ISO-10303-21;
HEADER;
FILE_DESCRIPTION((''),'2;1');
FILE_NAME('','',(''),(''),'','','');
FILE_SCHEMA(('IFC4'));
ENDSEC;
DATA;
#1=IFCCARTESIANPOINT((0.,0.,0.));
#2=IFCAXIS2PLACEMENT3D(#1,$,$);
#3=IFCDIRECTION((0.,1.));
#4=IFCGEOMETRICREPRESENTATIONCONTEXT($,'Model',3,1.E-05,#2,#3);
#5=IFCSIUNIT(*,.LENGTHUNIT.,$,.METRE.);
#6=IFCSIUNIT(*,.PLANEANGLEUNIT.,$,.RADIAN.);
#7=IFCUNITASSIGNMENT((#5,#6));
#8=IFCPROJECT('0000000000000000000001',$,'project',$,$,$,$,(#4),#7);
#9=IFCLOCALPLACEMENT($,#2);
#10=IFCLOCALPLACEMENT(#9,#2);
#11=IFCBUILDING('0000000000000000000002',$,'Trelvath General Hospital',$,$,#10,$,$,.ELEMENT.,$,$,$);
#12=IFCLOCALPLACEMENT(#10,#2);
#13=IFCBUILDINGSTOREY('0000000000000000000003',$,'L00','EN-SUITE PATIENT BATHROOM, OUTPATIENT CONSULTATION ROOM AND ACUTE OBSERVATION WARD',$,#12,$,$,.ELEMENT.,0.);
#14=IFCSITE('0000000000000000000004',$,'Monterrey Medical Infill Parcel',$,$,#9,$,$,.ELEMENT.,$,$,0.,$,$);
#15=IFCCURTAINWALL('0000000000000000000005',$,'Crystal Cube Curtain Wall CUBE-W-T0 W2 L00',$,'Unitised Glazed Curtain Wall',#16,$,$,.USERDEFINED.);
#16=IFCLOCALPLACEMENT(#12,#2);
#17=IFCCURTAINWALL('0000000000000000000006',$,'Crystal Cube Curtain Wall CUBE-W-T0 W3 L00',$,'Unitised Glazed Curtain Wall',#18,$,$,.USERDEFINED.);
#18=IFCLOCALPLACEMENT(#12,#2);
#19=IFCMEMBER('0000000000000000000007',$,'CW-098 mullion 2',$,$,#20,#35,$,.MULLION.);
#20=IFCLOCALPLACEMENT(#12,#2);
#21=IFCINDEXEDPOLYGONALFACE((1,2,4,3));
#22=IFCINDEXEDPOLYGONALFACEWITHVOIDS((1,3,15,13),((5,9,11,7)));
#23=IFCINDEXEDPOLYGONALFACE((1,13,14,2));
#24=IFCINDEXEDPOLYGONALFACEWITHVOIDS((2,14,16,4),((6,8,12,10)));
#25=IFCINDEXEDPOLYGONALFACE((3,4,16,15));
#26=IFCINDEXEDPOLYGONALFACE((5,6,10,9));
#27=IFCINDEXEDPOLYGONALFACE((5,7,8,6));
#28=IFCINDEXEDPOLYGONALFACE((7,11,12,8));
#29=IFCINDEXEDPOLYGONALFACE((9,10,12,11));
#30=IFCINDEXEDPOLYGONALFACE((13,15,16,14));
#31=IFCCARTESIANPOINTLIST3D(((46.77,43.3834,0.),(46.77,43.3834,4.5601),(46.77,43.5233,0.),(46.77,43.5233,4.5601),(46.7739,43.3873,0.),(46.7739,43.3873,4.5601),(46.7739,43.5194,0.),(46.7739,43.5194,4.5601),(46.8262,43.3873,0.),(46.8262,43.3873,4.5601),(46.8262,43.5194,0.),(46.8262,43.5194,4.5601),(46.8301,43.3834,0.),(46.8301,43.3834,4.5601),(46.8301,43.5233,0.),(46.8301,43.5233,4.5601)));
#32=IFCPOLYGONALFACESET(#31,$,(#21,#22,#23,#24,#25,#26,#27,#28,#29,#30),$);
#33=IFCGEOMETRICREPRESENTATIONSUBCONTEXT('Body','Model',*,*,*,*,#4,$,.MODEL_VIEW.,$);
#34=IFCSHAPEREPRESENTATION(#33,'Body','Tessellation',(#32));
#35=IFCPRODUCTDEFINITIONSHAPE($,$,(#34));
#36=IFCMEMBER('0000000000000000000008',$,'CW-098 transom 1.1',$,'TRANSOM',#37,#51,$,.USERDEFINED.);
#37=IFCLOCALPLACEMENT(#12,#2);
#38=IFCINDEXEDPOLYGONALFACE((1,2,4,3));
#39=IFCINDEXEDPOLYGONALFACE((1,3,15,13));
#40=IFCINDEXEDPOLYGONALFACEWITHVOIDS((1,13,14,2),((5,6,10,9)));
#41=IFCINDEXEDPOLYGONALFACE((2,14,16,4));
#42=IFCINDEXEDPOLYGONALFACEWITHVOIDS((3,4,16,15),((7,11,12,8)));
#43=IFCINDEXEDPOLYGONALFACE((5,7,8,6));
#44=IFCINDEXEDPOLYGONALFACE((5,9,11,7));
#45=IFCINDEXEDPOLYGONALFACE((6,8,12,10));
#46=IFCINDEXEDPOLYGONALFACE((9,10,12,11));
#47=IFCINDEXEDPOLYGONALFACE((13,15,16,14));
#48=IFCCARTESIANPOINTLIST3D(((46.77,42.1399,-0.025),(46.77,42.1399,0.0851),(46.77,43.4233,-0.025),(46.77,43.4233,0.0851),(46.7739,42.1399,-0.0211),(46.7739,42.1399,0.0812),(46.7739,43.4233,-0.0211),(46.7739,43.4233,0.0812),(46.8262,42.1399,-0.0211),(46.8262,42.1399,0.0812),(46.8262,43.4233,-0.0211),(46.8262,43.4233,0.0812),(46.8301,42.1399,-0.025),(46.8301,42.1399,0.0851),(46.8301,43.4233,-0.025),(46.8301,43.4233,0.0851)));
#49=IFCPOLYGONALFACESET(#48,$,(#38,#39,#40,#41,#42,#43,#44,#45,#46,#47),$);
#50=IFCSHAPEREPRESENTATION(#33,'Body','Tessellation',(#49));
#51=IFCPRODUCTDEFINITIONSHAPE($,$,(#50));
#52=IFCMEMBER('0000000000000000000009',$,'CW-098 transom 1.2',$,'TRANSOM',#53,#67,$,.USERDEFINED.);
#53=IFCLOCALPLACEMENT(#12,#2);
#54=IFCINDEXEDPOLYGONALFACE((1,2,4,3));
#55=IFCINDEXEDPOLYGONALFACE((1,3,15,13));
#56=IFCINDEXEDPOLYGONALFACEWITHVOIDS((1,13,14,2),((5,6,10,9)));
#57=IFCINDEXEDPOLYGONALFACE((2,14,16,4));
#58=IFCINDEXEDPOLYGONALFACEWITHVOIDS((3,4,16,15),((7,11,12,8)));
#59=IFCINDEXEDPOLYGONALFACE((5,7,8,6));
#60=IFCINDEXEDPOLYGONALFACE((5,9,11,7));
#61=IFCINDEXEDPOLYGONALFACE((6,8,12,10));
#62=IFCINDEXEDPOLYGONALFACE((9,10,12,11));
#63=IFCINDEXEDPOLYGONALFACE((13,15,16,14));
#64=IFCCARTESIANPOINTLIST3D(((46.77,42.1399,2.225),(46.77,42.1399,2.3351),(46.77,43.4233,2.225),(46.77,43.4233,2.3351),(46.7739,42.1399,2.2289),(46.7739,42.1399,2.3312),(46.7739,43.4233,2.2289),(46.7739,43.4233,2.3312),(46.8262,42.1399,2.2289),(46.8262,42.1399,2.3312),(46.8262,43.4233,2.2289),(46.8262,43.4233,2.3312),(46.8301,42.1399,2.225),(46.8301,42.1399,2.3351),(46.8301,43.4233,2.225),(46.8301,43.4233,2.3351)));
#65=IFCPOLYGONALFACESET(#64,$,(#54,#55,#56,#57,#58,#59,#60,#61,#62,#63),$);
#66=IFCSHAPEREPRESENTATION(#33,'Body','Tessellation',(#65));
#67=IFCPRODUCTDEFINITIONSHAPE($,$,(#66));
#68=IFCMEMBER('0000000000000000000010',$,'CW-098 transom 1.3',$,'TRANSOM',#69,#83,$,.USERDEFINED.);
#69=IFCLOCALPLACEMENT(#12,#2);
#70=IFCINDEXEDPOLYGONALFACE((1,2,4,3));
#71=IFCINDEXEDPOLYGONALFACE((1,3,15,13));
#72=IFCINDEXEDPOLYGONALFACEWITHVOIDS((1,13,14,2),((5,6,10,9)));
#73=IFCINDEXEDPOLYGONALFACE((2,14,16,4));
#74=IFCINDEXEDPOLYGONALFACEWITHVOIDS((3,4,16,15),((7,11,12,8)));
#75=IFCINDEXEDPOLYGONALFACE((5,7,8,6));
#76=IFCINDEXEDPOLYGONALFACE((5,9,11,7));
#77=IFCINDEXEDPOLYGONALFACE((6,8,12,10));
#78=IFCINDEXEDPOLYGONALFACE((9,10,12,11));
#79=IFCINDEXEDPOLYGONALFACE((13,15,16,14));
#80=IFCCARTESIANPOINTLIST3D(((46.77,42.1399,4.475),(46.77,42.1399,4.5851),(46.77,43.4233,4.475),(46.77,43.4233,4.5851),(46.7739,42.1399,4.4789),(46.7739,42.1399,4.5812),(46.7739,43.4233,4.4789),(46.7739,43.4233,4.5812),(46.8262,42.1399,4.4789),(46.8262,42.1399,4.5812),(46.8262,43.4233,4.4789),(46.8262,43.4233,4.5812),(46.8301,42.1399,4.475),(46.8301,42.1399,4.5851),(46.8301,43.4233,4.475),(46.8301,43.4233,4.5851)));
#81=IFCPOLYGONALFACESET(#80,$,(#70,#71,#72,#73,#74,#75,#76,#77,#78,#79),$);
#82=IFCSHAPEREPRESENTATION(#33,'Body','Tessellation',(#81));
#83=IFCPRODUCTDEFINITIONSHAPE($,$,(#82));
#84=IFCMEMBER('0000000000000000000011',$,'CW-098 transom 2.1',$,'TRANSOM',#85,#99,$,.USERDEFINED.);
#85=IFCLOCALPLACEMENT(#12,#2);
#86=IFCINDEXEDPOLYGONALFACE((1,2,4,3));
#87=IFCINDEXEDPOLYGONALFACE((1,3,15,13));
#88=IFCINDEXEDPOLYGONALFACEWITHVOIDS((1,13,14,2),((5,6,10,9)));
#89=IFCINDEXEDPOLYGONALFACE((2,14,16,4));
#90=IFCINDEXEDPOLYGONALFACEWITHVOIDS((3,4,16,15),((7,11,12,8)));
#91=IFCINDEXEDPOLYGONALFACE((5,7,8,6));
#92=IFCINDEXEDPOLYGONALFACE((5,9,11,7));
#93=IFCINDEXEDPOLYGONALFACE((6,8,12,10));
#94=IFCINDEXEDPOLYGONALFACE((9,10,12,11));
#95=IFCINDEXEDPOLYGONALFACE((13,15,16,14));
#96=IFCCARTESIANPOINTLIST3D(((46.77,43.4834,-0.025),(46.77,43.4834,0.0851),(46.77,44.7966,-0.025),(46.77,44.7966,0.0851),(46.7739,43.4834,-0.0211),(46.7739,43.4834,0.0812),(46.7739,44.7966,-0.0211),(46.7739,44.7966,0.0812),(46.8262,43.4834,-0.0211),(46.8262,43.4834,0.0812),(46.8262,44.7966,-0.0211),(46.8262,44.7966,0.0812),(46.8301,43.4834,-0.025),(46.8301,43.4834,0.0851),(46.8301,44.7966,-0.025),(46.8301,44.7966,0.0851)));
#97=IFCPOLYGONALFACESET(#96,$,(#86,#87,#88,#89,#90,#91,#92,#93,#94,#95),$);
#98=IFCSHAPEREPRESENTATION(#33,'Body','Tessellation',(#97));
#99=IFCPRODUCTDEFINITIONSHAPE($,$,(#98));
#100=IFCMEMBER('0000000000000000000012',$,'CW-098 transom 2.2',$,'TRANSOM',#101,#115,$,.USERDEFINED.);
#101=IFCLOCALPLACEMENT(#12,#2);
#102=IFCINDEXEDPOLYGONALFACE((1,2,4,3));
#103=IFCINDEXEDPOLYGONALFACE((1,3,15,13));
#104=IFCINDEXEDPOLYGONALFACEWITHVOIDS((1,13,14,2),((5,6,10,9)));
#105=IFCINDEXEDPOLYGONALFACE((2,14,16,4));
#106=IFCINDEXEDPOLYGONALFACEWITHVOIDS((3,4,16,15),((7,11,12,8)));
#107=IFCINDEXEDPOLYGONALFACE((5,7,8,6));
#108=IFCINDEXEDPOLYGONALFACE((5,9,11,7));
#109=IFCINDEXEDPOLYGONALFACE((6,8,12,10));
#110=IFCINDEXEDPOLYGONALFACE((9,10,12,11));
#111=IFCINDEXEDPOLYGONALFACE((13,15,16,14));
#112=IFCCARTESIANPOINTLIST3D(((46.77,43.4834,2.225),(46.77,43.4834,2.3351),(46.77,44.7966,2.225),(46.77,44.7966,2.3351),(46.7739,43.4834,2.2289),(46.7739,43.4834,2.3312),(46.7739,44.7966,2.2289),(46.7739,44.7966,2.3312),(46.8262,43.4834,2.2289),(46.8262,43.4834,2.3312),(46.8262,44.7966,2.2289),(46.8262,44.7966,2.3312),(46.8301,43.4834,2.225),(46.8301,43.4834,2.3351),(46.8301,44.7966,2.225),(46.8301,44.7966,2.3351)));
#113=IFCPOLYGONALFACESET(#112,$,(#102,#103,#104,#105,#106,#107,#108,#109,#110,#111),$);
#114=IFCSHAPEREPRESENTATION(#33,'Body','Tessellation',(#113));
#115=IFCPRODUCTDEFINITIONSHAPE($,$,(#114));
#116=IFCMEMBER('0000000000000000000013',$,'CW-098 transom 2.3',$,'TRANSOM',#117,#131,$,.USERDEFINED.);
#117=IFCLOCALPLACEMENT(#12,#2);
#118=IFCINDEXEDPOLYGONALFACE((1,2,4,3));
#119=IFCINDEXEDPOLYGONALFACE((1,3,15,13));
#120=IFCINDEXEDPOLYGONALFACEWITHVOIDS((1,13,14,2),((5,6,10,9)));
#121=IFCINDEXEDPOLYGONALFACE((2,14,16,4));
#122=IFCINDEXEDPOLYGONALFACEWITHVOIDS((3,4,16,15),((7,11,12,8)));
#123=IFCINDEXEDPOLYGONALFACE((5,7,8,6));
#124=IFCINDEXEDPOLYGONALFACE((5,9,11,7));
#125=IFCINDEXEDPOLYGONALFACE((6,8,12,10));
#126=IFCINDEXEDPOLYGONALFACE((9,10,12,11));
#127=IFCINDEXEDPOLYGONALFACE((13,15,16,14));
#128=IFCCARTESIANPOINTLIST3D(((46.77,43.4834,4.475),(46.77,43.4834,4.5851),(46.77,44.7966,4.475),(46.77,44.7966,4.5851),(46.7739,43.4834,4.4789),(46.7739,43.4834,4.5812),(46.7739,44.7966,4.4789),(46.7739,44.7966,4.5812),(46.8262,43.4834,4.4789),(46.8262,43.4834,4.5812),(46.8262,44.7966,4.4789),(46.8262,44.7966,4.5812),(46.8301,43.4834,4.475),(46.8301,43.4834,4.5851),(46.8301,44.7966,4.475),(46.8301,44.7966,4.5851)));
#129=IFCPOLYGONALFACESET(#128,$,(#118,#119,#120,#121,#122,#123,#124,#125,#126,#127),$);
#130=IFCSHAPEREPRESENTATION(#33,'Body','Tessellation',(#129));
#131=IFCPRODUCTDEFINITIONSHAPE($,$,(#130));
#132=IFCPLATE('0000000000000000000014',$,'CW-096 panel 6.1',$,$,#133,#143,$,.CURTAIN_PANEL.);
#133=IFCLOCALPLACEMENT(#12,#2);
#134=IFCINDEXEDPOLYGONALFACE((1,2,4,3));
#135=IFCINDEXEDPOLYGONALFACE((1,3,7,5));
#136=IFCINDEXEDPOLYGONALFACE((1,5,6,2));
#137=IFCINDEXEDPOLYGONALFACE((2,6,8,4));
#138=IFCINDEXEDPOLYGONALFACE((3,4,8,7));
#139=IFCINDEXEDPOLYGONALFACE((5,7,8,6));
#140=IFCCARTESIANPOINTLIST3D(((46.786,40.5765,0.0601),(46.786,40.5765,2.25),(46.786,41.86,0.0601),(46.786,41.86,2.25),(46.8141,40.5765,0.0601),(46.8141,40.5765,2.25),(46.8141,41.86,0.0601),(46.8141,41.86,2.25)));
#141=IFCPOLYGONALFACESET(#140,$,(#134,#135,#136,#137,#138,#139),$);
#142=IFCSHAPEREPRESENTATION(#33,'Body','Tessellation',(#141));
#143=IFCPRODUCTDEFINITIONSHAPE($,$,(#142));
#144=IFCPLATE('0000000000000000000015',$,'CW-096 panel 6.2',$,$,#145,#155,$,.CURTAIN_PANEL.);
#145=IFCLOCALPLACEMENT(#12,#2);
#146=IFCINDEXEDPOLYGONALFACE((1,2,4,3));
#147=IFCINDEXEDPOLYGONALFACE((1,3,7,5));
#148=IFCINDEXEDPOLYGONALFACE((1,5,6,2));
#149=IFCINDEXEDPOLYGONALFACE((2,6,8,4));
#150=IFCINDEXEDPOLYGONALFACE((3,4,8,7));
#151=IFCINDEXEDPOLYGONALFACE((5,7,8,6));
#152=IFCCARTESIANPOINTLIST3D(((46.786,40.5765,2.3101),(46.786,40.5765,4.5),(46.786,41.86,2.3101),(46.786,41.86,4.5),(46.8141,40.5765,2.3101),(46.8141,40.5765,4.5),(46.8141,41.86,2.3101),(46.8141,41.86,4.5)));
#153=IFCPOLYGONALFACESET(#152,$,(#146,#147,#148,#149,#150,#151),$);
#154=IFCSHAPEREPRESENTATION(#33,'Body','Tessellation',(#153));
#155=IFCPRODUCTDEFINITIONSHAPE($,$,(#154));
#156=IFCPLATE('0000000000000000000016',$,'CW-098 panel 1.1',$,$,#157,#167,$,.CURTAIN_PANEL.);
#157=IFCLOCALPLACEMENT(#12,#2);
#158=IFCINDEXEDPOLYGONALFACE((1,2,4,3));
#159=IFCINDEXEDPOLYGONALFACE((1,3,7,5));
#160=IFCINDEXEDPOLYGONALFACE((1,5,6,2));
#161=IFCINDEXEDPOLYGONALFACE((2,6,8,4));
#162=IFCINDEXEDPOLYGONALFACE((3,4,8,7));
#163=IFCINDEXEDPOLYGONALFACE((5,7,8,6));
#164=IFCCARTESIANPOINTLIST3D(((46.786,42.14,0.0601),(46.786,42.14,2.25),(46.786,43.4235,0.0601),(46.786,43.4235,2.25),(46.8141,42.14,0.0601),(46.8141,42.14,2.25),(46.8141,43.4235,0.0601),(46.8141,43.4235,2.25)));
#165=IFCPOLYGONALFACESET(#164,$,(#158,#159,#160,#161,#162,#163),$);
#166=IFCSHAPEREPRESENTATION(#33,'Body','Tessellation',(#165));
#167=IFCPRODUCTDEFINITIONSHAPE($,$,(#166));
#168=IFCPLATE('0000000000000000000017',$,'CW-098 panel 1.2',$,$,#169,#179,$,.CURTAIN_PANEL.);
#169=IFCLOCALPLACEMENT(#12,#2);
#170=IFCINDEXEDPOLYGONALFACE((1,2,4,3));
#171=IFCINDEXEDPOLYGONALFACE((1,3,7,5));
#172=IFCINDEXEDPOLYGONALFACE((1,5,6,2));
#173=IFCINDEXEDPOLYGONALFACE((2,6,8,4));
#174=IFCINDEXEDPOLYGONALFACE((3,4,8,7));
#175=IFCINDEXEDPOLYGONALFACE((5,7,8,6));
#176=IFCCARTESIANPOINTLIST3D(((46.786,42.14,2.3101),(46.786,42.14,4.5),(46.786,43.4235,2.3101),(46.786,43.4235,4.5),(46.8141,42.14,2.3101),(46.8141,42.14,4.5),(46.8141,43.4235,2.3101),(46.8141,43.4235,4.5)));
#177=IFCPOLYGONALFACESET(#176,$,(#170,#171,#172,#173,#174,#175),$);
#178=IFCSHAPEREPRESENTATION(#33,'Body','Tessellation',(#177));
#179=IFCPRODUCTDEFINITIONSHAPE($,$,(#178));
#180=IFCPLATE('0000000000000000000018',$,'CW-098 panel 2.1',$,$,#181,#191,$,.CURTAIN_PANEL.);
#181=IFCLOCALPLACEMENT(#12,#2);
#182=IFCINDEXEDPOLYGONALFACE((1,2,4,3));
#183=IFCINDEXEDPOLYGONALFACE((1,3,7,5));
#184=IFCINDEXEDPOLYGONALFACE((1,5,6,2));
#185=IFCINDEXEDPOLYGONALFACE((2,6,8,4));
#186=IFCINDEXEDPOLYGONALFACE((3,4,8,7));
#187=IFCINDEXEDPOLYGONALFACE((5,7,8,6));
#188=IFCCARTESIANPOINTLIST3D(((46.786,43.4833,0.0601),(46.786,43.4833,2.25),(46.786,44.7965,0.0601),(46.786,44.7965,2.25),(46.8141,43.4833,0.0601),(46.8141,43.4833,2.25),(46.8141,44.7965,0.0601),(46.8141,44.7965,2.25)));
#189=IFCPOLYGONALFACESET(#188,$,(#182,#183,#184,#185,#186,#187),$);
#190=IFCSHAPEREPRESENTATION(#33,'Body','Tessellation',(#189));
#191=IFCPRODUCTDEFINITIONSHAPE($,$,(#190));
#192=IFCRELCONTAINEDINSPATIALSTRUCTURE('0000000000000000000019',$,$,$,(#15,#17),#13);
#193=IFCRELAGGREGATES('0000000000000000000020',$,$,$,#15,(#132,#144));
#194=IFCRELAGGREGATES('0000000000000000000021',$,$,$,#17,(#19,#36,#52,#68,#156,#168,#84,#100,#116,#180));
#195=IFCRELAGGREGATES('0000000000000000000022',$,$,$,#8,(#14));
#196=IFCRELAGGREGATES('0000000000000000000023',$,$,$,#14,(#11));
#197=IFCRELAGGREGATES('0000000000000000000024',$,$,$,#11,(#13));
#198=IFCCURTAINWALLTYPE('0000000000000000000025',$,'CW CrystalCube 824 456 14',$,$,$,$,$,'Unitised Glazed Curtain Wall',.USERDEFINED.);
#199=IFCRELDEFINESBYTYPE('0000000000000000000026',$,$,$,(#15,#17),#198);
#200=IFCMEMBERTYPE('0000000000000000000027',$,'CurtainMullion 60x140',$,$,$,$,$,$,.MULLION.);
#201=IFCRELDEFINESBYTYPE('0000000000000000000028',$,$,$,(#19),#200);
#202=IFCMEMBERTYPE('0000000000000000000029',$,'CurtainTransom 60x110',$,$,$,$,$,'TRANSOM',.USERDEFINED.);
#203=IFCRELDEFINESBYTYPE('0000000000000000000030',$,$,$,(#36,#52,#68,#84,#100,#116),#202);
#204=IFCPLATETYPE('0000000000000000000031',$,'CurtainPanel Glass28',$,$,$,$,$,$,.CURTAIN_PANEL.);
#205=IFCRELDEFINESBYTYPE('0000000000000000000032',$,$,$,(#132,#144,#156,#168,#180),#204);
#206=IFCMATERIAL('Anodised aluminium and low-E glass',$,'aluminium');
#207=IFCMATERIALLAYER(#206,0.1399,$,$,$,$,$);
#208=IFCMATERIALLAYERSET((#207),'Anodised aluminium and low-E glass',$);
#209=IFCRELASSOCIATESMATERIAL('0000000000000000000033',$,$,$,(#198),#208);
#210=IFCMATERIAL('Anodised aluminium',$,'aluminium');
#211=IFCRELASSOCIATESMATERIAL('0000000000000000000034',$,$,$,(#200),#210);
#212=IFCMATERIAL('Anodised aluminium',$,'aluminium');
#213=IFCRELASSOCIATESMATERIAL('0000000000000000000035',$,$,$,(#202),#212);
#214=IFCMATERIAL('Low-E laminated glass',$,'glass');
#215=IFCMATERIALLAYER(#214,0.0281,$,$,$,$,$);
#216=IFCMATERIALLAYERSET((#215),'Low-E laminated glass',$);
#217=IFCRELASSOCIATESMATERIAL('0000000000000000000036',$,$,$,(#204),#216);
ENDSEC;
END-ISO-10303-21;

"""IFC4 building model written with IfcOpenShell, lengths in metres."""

from ifc_helpers import new_model, si_unit, direction, frame, origin, origin_2d, place, context, subcontext, project, spatial, rectangle, hollow_rectangle, extrude, material, layer, layer_set, material_profile, profile_set, type_object, element, aggregate, save


model = new_model("IFC4")

# Units and contexts
model_context = context("Model", 3, precision=1e-05, world=origin(), true_north=direction((0.0, 1.0)))
body_context = subcontext(model_context, "Body", "Model", "MODEL_VIEW")
ifc_project = project(units=[si_unit("LENGTHUNIT", "METRE"), si_unit("PLANEANGLEUNIT", "RADIAN")], contexts=[model_context])

# Site, building, storey
site_placement = place(None, origin())
site = spatial("IfcSite", under=ifc_project, at=site_placement, Name="Monterrey Medical Infill Parcel", CompositionType="ELEMENT", RefElevation=0.0)
building_placement = place(site_placement, origin())
building = spatial("IfcBuilding", under=site, at=building_placement, Name="Trelvath General Hospital", CompositionType="ELEMENT")
storey_placement = place(building_placement, origin())
storey = spatial("IfcBuildingStorey", under=building, at=storey_placement, Name="L00", Description="EN-SUITE PATIENT BATHROOM, OUTPATIENT CONSULTATION ROOM AND ACUTE OBSERVATION WARD", CompositionType="ELEMENT", Elevation=0.0)

# Curtain wall
ifc_material_1 = material(Name="Anodised aluminium and low-E glass", Category="aluminium")
ifc_layer_1 = layer(ifc_material_1, 0.1399)
ifc_layer_set_1 = layer_set([ifc_layer_1], Name="Anodised aluminium and low-E glass")
curtain_wall_type = type_object("IfcCurtainWallType", Name="CW CrystalCube 824 456 14", ElementType="Unitised Glazed Curtain Wall", PredefinedType="USERDEFINED", material=ifc_layer_set_1)
curtain_wall_1_placement = place(storey_placement, origin())
curtain_wall_1 = element("IfcCurtainWall", 1, at=curtain_wall_1_placement, inside=storey, type_object=curtain_wall_type, Name="Crystal Cube Curtain Wall CUBE-W-T0 W2 L00", ObjectType="Unitised Glazed Curtain Wall", PredefinedType="USERDEFINED")
ifc_material_2 = material(Name="Anodised aluminium", Category="aluminium")
ifc_material_profile_1 = material_profile(ifc_material_2, hollow_rectangle(XDim=0.0601, YDim=0.1399, WallThickness=0.0039, at=origin_2d()), Name="RHS60x140x4")
ifc_profile_set_1 = profile_set([ifc_material_profile_1], Name="Anodised aluminium")
member_type_1 = type_object("IfcMemberType", Name="CurtainMullion 60x140", PredefinedType="MULLION", material=ifc_profile_set_1)

# Curtain wall, members
curtain_wall_2_placement = place(storey_placement, origin())
curtain_wall_2 = element("IfcCurtainWall", 2, at=curtain_wall_2_placement, inside=storey, type_object=curtain_wall_type, Name="Crystal Cube Curtain Wall CUBE-W-T0 W3 L00", ObjectType="Unitised Glazed Curtain Wall", PredefinedType="USERDEFINED")
member_1_placement = place(storey_placement, frame((46.8, 43.4534, 0.0), z_axis=(0.0, 0.0, 1.0), x_axis=(-1.0, 0.0, 0.0)))
member_1 = element("IfcMember", 3, at=member_1_placement, type_object=member_type_1, Name="CW-098 mullion 2", PredefinedType="MULLION", context=body_context, shape_type="SweptSolid", body=[
    extrude(hollow_rectangle(XDim=0.0601, YDim=0.1399, WallThickness=0.0039, at=origin_2d()), origin(), (0.0, 0.0, 1.0), 4.5601),
])
ifc_material_3 = material(Name="Anodised aluminium", Category="aluminium")
ifc_material_profile_2 = material_profile(ifc_material_3, hollow_rectangle(XDim=0.0601, YDim=0.1101, WallThickness=0.0039, at=origin_2d()), Name="RHS60x110x4")
ifc_profile_set_2 = profile_set([ifc_material_profile_2], Name="Anodised aluminium")
member_type_2 = type_object("IfcMemberType", Name="CurtainTransom 60x110", ElementType="TRANSOM", PredefinedType="USERDEFINED", material=ifc_profile_set_2)
member_2_placement = place(storey_placement, frame((46.8, 42.1399, 0.03), z_axis=(0.0, 1.0, 0.0), x_axis=(-1.0, 0.0, 0.0)))
member_2 = element("IfcMember", 4, at=member_2_placement, type_object=member_type_2, Name="CW-098 transom 1.1", ObjectType="TRANSOM", PredefinedType="USERDEFINED", context=body_context, shape_type="SweptSolid", body=[
    extrude(hollow_rectangle(XDim=0.0601, YDim=0.1101, WallThickness=0.0039, at=origin_2d()), origin(), (0.0, 0.0, 1.0), 1.2834),
])
member_3_placement = place(storey_placement, frame((46.8, 42.1399, 2.28), z_axis=(0.0, 1.0, 0.0), x_axis=(-1.0, 0.0, 0.0)))
member_3 = element("IfcMember", 5, at=member_3_placement, type_object=member_type_2, Name="CW-098 transom 1.2", ObjectType="TRANSOM", PredefinedType="USERDEFINED", context=body_context, shape_type="SweptSolid", body=[
    extrude(hollow_rectangle(XDim=0.0601, YDim=0.1101, WallThickness=0.0039, at=origin_2d()), origin(), (0.0, 0.0, 1.0), 1.2834),
])
member_4_placement = place(storey_placement, frame((46.8, 42.1399, 4.53), z_axis=(0.0, 1.0, 0.0), x_axis=(-1.0, 0.0, 0.0)))
member_4 = element("IfcMember", 6, at=member_4_placement, type_object=member_type_2, Name="CW-098 transom 1.3", ObjectType="TRANSOM", PredefinedType="USERDEFINED", context=body_context, shape_type="SweptSolid", body=[
    extrude(hollow_rectangle(XDim=0.0601, YDim=0.1101, WallThickness=0.0039, at=origin_2d()), origin(), (0.0, 0.0, 1.0), 1.2834),
])
member_5_placement = place(storey_placement, frame((46.8, 43.4834, 0.03), z_axis=(0.0, 1.0, 0.0), x_axis=(-1.0, 0.0, 0.0)))
member_5 = element("IfcMember", 7, at=member_5_placement, type_object=member_type_2, Name="CW-098 transom 2.1", ObjectType="TRANSOM", PredefinedType="USERDEFINED", context=body_context, shape_type="SweptSolid", body=[
    extrude(hollow_rectangle(XDim=0.0601, YDim=0.1101, WallThickness=0.0039, at=origin_2d()), origin(), (0.0, 0.0, 1.0), 1.3132),
])
member_6_placement = place(storey_placement, frame((46.8, 43.4834, 2.28), z_axis=(0.0, 1.0, 0.0), x_axis=(-1.0, 0.0, 0.0)))
member_6 = element("IfcMember", 8, at=member_6_placement, type_object=member_type_2, Name="CW-098 transom 2.2", ObjectType="TRANSOM", PredefinedType="USERDEFINED", context=body_context, shape_type="SweptSolid", body=[
    extrude(hollow_rectangle(XDim=0.0601, YDim=0.1101, WallThickness=0.0039, at=origin_2d()), origin(), (0.0, 0.0, 1.0), 1.3132),
])
member_7_placement = place(storey_placement, frame((46.8, 43.4834, 4.53), z_axis=(0.0, 1.0, 0.0), x_axis=(-1.0, 0.0, 0.0)))
member_7 = element("IfcMember", 9, at=member_7_placement, type_object=member_type_2, Name="CW-098 transom 2.3", ObjectType="TRANSOM", PredefinedType="USERDEFINED", context=body_context, shape_type="SweptSolid", body=[
    extrude(hollow_rectangle(XDim=0.0601, YDim=0.1101, WallThickness=0.0039, at=origin_2d()), origin(), (0.0, 0.0, 1.0), 1.3132),
])

# Plates
ifc_material_4 = material(Name="Low-E laminated glass", Category="glass")
ifc_layer_2 = layer(ifc_material_4, 0.0281)
ifc_layer_set_2 = layer_set([ifc_layer_2], Name="Low-E laminated glass")
plate_type = type_object("IfcPlateType", Name="CurtainPanel Glass28", PredefinedType="CURTAIN_PANEL", material=ifc_layer_set_2)
plate_1_placement = place(storey_placement, frame((46.8, 41.2183, 0.0601), z_axis=(0.0, 0.0, 1.0), x_axis=(0.0, 1.0, 0.0)))
plate_1 = element("IfcPlate", 10, at=plate_1_placement, type_object=plate_type, Name="CW-096 panel 6.1", PredefinedType="CURTAIN_PANEL", context=body_context, shape_type="SweptSolid", body=[
    extrude(rectangle(XDim=1.2834, YDim=0.0281, at=origin_2d()), origin(), (0.0, 0.0, 1.0), 2.1899),
])
plate_2_placement = place(storey_placement, frame((46.8, 41.2183, 2.3101), z_axis=(0.0, 0.0, 1.0), x_axis=(0.0, 1.0, 0.0)))
plate_2 = element("IfcPlate", 11, at=plate_2_placement, type_object=plate_type, Name="CW-096 panel 6.2", PredefinedType="CURTAIN_PANEL", context=body_context, shape_type="SweptSolid", body=[
    extrude(rectangle(XDim=1.2834, YDim=0.0281, at=origin_2d()), origin(), (0.0, 0.0, 1.0), 2.1899),
])
aggregate(curtain_wall_1, [plate_1, plate_2])
plate_3_placement = place(storey_placement, frame((46.8, 42.7817, 0.0601), z_axis=(0.0, 0.0, 1.0), x_axis=(0.0, 1.0, 0.0)))
plate_3 = element("IfcPlate", 12, at=plate_3_placement, type_object=plate_type, Name="CW-098 panel 1.1", PredefinedType="CURTAIN_PANEL", context=body_context, shape_type="SweptSolid", body=[
    extrude(rectangle(XDim=1.2834, YDim=0.0281, at=origin_2d()), origin(), (0.0, 0.0, 1.0), 2.1899),
])
plate_4_placement = place(storey_placement, frame((46.8, 42.7817, 2.3101), z_axis=(0.0, 0.0, 1.0), x_axis=(0.0, 1.0, 0.0)))
plate_4 = element("IfcPlate", 13, at=plate_4_placement, type_object=plate_type, Name="CW-098 panel 1.2", PredefinedType="CURTAIN_PANEL", context=body_context, shape_type="SweptSolid", body=[
    extrude(rectangle(XDim=1.2834, YDim=0.0281, at=origin_2d()), origin(), (0.0, 0.0, 1.0), 2.1899),
])
plate_5_placement = place(storey_placement, frame((46.8, 44.1399, 0.0601), z_axis=(0.0, 0.0, 1.0), x_axis=(0.0, 1.0, 0.0)))
plate_5 = element("IfcPlate", 14, at=plate_5_placement, type_object=plate_type, Name="CW-098 panel 2.1", PredefinedType="CURTAIN_PANEL", context=body_context, shape_type="SweptSolid", body=[
    extrude(rectangle(XDim=1.3132, YDim=0.0281, at=origin_2d()), origin(), (0.0, 0.0, 1.0), 2.1899),
])
aggregate(curtain_wall_2, [member_1, member_2, member_3, member_4, plate_3, plate_4, member_5, member_6, member_7, plate_5])

save(model, "model.ifc")
